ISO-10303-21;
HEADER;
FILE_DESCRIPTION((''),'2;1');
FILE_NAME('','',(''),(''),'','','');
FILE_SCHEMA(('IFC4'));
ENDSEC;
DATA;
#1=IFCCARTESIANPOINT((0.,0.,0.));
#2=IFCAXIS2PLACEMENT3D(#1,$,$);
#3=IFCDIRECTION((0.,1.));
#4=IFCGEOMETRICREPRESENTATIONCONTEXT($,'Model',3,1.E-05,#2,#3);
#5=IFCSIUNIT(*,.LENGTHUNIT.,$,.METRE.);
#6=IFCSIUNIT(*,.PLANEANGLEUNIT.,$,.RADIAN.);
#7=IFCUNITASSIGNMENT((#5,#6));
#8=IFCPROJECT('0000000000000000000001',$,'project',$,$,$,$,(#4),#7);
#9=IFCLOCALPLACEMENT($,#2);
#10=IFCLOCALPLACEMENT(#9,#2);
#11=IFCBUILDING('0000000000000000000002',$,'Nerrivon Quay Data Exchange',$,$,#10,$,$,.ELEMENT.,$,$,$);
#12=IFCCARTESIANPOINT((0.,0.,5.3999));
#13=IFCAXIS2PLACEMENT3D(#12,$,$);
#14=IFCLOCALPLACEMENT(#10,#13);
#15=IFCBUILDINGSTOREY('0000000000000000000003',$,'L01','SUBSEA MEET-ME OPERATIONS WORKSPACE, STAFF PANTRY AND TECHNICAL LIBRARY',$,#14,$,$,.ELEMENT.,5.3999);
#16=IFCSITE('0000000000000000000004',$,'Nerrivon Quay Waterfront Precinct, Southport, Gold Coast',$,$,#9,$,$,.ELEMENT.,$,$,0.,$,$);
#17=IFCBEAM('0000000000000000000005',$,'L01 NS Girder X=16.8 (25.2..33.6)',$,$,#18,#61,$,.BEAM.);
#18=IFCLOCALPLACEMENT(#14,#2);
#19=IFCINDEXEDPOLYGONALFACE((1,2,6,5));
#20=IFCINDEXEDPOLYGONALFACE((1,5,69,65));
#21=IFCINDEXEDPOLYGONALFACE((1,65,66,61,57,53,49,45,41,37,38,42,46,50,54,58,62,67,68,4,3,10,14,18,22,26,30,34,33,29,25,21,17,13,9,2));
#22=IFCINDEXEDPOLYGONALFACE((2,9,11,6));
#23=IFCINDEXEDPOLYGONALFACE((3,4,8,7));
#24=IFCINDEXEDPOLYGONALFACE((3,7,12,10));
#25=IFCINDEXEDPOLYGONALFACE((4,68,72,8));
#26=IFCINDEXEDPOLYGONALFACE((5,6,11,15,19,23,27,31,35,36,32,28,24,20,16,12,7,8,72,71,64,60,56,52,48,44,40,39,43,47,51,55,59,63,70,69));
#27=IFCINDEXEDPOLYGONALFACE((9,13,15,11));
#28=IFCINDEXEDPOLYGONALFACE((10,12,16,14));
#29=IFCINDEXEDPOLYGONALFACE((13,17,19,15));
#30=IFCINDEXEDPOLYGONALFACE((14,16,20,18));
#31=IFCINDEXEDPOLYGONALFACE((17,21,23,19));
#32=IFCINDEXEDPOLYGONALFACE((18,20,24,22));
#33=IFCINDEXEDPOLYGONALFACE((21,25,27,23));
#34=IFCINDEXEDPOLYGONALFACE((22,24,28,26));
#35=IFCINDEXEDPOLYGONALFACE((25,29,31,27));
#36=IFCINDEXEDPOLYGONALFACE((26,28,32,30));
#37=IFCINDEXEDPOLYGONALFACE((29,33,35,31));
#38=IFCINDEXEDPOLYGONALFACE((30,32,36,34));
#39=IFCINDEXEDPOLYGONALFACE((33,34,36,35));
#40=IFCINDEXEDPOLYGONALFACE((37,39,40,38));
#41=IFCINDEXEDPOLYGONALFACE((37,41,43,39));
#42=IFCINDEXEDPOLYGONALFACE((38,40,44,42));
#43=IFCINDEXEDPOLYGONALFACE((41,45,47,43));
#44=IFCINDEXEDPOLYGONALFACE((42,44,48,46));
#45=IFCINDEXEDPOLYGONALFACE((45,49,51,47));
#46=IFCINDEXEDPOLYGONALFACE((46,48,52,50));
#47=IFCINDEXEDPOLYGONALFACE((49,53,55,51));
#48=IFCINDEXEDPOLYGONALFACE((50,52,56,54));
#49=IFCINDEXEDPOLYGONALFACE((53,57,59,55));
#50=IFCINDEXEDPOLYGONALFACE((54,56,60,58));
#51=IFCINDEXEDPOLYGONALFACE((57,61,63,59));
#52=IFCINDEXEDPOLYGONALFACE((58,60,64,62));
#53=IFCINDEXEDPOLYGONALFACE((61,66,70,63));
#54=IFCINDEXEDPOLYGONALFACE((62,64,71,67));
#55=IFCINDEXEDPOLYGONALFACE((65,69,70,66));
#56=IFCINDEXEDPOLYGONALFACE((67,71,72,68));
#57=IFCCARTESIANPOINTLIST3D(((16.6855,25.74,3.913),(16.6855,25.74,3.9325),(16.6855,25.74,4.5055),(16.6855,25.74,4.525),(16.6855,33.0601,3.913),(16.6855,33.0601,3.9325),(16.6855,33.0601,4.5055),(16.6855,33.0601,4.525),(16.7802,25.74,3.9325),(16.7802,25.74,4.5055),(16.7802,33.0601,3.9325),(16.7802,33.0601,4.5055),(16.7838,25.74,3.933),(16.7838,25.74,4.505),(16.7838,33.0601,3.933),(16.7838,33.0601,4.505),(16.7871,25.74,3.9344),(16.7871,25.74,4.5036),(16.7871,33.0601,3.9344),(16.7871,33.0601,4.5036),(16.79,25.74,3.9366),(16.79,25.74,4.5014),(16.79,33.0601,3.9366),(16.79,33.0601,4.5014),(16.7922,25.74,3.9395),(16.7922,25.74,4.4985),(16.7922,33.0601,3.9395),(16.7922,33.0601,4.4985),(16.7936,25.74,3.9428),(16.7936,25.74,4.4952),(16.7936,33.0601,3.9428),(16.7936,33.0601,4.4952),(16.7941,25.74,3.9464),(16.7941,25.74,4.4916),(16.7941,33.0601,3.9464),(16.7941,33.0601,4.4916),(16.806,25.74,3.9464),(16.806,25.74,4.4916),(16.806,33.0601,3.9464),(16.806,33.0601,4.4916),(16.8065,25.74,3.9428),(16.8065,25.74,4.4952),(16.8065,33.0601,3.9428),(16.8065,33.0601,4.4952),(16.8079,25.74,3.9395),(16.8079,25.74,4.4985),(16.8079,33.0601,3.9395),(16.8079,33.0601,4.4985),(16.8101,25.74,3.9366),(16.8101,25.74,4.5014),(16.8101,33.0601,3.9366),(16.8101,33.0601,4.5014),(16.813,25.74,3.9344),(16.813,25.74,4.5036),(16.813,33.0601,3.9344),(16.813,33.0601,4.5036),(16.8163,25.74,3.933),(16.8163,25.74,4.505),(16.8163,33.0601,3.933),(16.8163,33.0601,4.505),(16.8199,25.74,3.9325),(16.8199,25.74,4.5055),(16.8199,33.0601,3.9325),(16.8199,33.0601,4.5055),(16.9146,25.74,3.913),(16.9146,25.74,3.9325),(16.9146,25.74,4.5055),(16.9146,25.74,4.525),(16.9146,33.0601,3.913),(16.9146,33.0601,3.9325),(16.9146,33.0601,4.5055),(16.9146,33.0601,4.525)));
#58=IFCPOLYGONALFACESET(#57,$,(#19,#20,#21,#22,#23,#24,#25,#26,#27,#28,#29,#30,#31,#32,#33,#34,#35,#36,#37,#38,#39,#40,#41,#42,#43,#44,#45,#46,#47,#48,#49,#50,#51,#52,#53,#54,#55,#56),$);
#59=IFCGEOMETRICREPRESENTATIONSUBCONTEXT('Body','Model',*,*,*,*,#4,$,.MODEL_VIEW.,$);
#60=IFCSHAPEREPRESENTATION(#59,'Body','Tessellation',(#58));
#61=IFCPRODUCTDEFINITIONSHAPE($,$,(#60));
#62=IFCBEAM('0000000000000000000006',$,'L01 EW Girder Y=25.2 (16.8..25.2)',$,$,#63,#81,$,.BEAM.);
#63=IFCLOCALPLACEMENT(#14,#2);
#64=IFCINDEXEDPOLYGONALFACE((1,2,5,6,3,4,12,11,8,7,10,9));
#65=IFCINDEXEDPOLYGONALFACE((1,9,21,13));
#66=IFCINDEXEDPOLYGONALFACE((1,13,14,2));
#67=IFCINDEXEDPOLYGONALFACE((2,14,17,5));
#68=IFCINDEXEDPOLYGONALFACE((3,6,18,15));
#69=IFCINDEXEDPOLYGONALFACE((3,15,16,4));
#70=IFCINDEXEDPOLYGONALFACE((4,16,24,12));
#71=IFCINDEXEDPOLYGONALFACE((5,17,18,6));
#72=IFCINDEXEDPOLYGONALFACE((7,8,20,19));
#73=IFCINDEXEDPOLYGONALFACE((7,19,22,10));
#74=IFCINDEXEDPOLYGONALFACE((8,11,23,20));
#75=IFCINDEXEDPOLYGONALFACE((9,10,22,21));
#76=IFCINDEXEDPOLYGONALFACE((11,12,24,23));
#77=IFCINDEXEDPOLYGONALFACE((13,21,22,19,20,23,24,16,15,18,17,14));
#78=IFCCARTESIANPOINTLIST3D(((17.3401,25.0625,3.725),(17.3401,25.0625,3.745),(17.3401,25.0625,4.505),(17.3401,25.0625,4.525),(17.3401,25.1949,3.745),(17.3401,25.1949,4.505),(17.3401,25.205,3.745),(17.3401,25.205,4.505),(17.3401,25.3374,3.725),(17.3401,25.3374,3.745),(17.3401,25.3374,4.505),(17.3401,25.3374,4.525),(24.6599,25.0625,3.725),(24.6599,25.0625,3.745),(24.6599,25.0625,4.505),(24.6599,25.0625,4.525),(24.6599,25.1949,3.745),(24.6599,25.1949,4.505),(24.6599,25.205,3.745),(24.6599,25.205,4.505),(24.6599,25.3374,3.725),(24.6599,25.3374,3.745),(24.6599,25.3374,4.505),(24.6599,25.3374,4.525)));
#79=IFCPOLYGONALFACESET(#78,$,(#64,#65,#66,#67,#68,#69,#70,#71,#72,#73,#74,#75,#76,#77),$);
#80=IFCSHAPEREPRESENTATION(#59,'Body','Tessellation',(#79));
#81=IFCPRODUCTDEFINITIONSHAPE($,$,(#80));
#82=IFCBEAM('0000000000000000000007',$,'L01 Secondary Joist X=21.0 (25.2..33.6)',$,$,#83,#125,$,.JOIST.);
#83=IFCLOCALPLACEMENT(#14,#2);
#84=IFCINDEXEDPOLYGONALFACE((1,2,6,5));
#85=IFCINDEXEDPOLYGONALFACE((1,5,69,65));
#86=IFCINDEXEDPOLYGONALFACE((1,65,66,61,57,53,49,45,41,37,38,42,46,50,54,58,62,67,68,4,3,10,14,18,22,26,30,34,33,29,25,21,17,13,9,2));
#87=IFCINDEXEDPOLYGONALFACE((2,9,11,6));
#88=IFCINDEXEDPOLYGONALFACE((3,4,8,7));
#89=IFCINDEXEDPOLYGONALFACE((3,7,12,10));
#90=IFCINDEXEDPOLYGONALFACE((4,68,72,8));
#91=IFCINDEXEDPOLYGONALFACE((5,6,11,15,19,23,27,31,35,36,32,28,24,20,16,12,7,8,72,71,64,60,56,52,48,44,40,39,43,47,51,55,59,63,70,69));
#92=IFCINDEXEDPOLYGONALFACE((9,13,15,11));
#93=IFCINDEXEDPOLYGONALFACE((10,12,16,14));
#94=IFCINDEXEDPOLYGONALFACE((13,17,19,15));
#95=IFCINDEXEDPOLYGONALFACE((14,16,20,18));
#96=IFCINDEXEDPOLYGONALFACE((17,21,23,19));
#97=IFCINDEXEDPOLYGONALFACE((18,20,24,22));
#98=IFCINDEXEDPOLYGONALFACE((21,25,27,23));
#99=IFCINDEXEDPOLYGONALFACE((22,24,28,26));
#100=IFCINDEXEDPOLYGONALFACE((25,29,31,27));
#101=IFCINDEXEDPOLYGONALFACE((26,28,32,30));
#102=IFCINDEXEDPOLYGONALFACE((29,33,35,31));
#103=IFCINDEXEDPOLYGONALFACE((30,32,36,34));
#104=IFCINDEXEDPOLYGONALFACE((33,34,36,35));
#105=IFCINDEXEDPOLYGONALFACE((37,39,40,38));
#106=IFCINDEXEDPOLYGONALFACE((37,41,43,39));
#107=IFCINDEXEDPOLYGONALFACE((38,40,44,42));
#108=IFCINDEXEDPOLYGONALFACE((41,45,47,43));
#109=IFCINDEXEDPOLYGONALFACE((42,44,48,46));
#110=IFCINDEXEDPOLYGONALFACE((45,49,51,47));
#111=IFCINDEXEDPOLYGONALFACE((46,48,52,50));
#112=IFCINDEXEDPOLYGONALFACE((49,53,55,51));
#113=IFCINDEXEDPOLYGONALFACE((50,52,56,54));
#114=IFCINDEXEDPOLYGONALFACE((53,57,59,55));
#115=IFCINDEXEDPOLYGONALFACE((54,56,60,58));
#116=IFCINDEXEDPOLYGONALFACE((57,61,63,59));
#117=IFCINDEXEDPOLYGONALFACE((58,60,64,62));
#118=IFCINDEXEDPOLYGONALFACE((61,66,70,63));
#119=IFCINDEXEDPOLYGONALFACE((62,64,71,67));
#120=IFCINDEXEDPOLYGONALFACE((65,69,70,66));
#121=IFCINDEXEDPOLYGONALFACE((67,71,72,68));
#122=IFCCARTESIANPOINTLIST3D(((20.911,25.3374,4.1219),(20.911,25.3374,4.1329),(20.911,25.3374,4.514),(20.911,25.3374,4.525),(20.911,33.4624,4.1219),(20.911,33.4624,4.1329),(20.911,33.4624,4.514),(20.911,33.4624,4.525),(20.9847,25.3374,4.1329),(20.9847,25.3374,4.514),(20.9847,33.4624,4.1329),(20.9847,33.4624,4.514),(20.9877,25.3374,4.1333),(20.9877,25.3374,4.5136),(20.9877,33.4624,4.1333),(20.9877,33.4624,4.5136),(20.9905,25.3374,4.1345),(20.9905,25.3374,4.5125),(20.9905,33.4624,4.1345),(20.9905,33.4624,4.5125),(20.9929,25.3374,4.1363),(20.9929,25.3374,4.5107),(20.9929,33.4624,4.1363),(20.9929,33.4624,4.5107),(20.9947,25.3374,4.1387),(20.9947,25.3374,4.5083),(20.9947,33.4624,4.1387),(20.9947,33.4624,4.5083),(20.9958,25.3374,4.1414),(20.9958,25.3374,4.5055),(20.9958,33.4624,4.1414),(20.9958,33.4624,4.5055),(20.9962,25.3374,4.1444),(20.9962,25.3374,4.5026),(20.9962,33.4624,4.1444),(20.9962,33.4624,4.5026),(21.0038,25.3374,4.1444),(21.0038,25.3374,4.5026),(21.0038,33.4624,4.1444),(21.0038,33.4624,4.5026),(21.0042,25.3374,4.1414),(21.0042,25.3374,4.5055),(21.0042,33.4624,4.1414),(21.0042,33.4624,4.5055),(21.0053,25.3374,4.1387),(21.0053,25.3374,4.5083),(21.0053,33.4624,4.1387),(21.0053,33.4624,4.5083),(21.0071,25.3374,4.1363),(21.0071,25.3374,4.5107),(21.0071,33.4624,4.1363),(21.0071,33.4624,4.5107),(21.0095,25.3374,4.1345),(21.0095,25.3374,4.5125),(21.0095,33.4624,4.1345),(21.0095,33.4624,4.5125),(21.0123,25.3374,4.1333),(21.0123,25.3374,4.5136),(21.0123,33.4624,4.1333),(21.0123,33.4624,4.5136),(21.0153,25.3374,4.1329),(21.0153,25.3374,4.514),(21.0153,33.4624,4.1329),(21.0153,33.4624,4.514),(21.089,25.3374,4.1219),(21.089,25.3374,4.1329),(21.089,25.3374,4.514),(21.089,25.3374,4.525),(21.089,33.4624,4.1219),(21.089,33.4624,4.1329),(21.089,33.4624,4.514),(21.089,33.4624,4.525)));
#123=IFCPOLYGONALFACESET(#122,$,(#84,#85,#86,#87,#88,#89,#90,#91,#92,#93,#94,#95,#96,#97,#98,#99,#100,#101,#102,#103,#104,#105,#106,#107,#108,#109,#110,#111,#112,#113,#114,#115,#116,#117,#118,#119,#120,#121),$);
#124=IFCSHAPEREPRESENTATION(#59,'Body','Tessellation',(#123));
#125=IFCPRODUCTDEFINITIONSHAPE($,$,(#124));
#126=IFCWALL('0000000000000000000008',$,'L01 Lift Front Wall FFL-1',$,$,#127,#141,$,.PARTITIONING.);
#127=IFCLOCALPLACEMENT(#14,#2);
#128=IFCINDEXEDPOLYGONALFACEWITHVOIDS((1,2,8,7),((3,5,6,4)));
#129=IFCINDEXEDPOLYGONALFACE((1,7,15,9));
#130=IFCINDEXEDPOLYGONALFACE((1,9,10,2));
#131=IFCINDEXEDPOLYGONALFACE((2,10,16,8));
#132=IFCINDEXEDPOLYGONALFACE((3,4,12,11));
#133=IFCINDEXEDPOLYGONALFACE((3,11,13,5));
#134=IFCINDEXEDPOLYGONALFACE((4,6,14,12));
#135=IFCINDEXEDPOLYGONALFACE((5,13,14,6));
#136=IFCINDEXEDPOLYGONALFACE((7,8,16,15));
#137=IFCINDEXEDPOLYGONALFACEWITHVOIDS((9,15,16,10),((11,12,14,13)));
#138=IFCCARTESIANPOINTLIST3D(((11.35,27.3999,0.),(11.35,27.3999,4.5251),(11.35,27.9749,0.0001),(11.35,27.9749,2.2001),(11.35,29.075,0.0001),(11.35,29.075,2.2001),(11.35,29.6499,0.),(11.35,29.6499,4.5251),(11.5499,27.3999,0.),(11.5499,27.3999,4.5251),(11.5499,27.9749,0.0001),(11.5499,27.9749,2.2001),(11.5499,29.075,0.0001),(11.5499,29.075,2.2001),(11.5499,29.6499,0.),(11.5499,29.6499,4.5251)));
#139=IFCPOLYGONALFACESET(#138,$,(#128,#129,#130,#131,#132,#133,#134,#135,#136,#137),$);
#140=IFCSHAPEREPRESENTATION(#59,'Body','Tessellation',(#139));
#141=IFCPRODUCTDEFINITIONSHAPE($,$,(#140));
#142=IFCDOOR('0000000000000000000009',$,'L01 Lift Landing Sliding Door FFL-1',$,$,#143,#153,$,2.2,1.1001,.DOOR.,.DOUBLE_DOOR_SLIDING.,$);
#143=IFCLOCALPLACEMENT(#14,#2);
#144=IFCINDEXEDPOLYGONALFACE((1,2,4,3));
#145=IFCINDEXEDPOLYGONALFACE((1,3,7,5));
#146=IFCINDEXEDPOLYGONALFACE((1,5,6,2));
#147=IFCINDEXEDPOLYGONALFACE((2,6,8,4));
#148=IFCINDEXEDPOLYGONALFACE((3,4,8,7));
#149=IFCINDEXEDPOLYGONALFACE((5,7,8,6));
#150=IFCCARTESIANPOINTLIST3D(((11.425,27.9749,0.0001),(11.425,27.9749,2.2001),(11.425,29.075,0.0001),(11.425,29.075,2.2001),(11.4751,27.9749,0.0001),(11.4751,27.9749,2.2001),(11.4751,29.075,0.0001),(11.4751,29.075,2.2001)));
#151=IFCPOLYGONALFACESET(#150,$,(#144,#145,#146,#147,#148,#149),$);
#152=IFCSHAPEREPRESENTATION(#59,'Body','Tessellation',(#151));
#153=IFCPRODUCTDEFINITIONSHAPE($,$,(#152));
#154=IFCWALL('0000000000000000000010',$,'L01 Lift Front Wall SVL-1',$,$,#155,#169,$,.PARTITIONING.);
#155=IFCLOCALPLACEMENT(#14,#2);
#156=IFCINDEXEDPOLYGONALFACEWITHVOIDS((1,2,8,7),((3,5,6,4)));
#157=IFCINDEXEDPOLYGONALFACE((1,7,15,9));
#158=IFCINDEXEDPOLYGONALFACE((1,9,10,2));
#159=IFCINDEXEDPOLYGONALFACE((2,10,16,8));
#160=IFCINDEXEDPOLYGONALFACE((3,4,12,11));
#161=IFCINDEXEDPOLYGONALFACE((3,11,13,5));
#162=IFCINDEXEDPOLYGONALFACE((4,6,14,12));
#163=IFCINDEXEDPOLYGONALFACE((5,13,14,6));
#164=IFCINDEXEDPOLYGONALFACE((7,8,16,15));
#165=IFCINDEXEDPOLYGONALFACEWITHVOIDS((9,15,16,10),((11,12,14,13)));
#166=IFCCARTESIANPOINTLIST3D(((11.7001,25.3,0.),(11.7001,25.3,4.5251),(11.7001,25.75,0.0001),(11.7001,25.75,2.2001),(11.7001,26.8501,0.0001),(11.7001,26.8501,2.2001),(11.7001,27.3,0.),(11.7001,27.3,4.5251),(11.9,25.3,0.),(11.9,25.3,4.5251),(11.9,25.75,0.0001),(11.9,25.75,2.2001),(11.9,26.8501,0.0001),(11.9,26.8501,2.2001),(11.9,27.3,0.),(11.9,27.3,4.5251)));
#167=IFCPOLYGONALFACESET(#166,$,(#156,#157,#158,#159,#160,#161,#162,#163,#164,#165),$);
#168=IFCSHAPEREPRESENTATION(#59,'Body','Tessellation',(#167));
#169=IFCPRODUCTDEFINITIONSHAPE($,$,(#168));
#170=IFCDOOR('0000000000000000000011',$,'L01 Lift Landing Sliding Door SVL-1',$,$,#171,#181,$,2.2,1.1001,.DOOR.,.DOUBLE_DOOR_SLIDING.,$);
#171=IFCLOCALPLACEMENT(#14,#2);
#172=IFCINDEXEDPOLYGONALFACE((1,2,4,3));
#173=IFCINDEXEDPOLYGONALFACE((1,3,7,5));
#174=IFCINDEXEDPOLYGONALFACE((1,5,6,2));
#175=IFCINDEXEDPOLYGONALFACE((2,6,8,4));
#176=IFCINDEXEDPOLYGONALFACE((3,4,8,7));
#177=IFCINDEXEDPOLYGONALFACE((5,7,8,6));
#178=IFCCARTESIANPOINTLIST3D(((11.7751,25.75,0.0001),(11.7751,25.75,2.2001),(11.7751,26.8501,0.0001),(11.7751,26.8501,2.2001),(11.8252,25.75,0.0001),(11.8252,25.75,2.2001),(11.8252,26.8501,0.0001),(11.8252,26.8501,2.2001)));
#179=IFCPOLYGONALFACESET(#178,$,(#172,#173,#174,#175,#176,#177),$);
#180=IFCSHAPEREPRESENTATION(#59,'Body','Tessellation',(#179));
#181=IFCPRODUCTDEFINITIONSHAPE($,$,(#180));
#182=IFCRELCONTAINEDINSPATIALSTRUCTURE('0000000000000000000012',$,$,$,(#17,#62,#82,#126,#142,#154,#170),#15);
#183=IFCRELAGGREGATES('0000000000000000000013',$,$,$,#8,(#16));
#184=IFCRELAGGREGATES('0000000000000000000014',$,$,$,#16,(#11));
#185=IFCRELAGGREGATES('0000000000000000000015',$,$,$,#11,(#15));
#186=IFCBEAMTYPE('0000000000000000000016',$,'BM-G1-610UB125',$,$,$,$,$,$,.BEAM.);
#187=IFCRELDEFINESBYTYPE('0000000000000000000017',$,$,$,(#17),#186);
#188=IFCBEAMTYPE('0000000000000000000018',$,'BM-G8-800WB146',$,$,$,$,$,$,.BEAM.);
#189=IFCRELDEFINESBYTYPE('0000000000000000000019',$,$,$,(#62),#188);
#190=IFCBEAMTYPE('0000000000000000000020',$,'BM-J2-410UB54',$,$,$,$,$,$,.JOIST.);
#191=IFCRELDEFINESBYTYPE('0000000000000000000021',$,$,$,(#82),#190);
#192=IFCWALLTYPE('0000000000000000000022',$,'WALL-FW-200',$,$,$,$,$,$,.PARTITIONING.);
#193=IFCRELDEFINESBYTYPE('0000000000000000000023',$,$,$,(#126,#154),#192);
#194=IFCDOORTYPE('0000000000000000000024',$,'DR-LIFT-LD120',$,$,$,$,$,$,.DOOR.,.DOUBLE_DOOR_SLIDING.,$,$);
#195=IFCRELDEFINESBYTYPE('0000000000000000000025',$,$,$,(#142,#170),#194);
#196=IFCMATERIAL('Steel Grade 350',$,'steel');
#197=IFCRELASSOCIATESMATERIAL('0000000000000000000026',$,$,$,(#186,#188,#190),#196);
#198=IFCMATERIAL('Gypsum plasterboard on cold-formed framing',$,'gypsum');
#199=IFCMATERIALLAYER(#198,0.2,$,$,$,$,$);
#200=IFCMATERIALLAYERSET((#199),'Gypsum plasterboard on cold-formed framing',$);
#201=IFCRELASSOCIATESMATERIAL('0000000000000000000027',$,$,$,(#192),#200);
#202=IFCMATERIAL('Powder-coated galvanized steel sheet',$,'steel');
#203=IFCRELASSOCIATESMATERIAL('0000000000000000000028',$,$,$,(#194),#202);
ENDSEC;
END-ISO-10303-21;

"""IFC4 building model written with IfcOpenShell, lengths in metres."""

from ifc_helpers import new_model, si_unit, direction, frame, frame_2d, origin, origin_2d, place, context, subcontext, project, spatial, rectangle, i_section, extrude, material, layer, layer_set, material_profile, profile_set, type_object, element, fill, save


model = new_model("IFC4")

# Units and contexts
model_context = context("Model", 3, precision=1e-05, world=origin(), true_north=direction((0.0, 1.0)))
body_context = subcontext(model_context, "Body", "Model", "MODEL_VIEW")
ifc_project = project(units=[si_unit("LENGTHUNIT", "METRE"), si_unit("PLANEANGLEUNIT", "RADIAN")], contexts=[model_context])

# Site, building, storey
site_placement = place(None, origin())
site = spatial("IfcSite", under=ifc_project, at=site_placement, Name="Nerrivon Quay Waterfront Precinct, Southport, Gold Coast", CompositionType="ELEMENT", RefElevation=0.0)
building_placement = place(site_placement, origin())
building = spatial("IfcBuilding", under=site, at=building_placement, Name="Nerrivon Quay Data Exchange", CompositionType="ELEMENT")
storey_placement = place(building_placement, frame((0.0, 0.0, 5.3999)))
storey = spatial("IfcBuildingStorey", under=building, at=storey_placement, Name="L01", Description="SUBSEA MEET-ME OPERATIONS WORKSPACE, STAFF PANTRY AND TECHNICAL LIBRARY", CompositionType="ELEMENT", Elevation=5.3999)

# Beams
ifc_material_1 = material(Name="Steel Grade 350", Category="steel")
ifc_material_profile_1 = material_profile(ifc_material_1, i_section(OverallWidth=0.229, OverallDepth=0.6121, WebThickness=0.012, FlangeThickness=0.0195, FilletRadius=0.0139, at=origin_2d()), Name="610UB125")
ifc_profile_set_1 = profile_set([ifc_material_profile_1], Name="Steel Grade 350")
beam_type_1 = type_object("IfcBeamType", Name="BM-G1-610UB125", PredefinedType="BEAM", material=ifc_profile_set_1)
beam_1_placement = place(storey_placement, frame((16.8, 25.74, 4.219), z_axis=(0.0, 1.0, 0.0), x_axis=(-1.0, 0.0, 0.0)))
element("IfcBeam", 1, at=beam_1_placement, inside=storey, type_object=beam_type_1, Name="L01 NS Girder X=16.8 (25.2..33.6)", PredefinedType="BEAM", context=body_context, shape_type="SweptSolid", body=[
    extrude(i_section(OverallWidth=0.229, OverallDepth=0.6121, WebThickness=0.012, FlangeThickness=0.0195, FilletRadius=0.0139, at=origin_2d()), origin(), (0.0, 0.0, 1.0), 7.3201),
])
ifc_material_profile_2 = material_profile(ifc_material_1, i_section(OverallWidth=0.2749, OverallDepth=0.8, WebThickness=0.01, FlangeThickness=0.02, at=origin_2d()), Name="800WB146")
ifc_profile_set_2 = profile_set([ifc_material_profile_2], Name="Steel Grade 350")
beam_type_2 = type_object("IfcBeamType", Name="BM-G8-800WB146", PredefinedType="BEAM", material=ifc_profile_set_2)
beam_2_placement = place(storey_placement, frame((17.3401, 25.2, 4.125), z_axis=(1.0, 0.0, 0.0), x_axis=(0.0, 1.0, 0.0)))
element("IfcBeam", 2, at=beam_2_placement, inside=storey, type_object=beam_type_2, Name="L01 EW Girder Y=25.2 (16.8..25.2)", PredefinedType="BEAM", context=body_context, shape_type="SweptSolid", body=[
    extrude(i_section(OverallWidth=0.2749, OverallDepth=0.8, WebThickness=0.01, FlangeThickness=0.02, at=origin_2d()), origin(), (0.0, 0.0, 1.0), 7.3198),
])
ifc_material_profile_3 = material_profile(ifc_material_1, i_section(OverallWidth=0.178, OverallDepth=0.4031, WebThickness=0.0076, FlangeThickness=0.011, FilletRadius=0.0115, at=origin_2d()), Name="410UB53.7")
ifc_profile_set_3 = profile_set([ifc_material_profile_3], Name="Steel Grade 350")
beam_type_3 = type_object("IfcBeamType", Name="BM-J2-410UB54", PredefinedType="JOIST", material=ifc_profile_set_3)
beam_3_placement = place(storey_placement, frame((21.0, 25.3374, 4.3235), z_axis=(0.0, 1.0, 0.0), x_axis=(-1.0, 0.0, 0.0)))
element("IfcBeam", 3, at=beam_3_placement, inside=storey, type_object=beam_type_3, Name="L01 Secondary Joist X=21.0 (25.2..33.6)", PredefinedType="JOIST", context=body_context, shape_type="SweptSolid", body=[
    extrude(i_section(OverallWidth=0.178, OverallDepth=0.4031, WebThickness=0.0076, FlangeThickness=0.011, FilletRadius=0.0115, at=origin_2d()), origin(), (0.0, 0.0, 1.0), 8.125),
])

# Walls, openings, doors
ifc_material_2 = material(Name="Gypsum plasterboard on cold-formed framing", Category="gypsum")
ifc_layer_1 = layer(ifc_material_2, 0.2)
ifc_layer_set_1 = layer_set([ifc_layer_1], Name="Gypsum plasterboard on cold-formed framing")
wall_type_1 = type_object("IfcWallType", Name="WALL-FW-200", PredefinedType="PARTITIONING", material=ifc_layer_set_1)
wall_1_placement = place(storey_placement, frame((11.45, 27.3999, 0.0), z_axis=(0.0, 0.0, 1.0), x_axis=(0.0, 1.0, 0.0)))
wall_1 = element("IfcWall", 4, at=wall_1_placement, inside=storey, type_object=wall_type_1, Name="L01 Lift Front Wall FFL-1", PredefinedType="PARTITIONING", context=body_context, shape_type="SweptSolid", body=[
    extrude(rectangle(XDim=2.25, YDim=0.2, at=frame_2d((1.125, 0.0))), origin(), (0.0, 0.0, 1.0), 4.5251),
])
opening_1_placement = place(wall_1_placement, frame((0.575, 0.0, 0.0)))
opening_1 = element("IfcOpeningElement", 5, at=opening_1_placement, cuts=wall_1, PredefinedType="OPENING", context=body_context, shape_type="SweptSolid", body=[
    extrude(rectangle(XDim=1.1001, YDim=2.2, at=frame_2d((0.55, 1.1001))), frame((0.0, 0.1099, 0.0), z_axis=(0.0, -1.0, 0.0), x_axis=(1.0, 0.0, 0.0)), (0.0, 0.0, 1.0), 0.22),
])
ifc_material_3 = material(Name="Powder-coated galvanized steel sheet", Category="steel")
door_type_1 = type_object("IfcDoorType", Name="DR-LIFT-LD120", OperationType="DOUBLE_DOOR_SLIDING", PredefinedType="DOOR", material=ifc_material_3)
door_1_placement = place(opening_1_placement, origin())
door_1 = element("IfcDoor", 6, at=door_1_placement, inside=storey, type_object=door_type_1, Name="L01 Lift Landing Sliding Door FFL-1", OperationType="DOUBLE_DOOR_SLIDING", OverallHeight=2.2, OverallWidth=1.1001, PredefinedType="DOOR", context=body_context, shape_type="SweptSolid", body=[
    extrude(rectangle(XDim=1.1001, YDim=2.2, at=frame_2d((0.55, 1.1001))), frame((0.0, 0.0249, 0.0), z_axis=(0.0, -1.0, 0.0), x_axis=(1.0, 0.0, 0.0)), (0.0, 0.0, 1.0), 0.05),
])
fill(opening_1, door_1)
wall_2_placement = place(storey_placement, frame((11.8, 25.3, 0.0), z_axis=(0.0, 0.0, 1.0), x_axis=(0.0, 1.0, 0.0)))
wall_2 = element("IfcWall", 7, at=wall_2_placement, inside=storey, type_object=wall_type_1, Name="L01 Lift Front Wall SVL-1", PredefinedType="PARTITIONING", context=body_context, shape_type="SweptSolid", body=[
    extrude(rectangle(XDim=2.0, YDim=0.2, at=frame_2d((1.0, 0.0))), origin(), (0.0, 0.0, 1.0), 4.5251),
])
opening_2_placement = place(wall_2_placement, frame((0.45, 0.0, 0.0)))
opening_2 = element("IfcOpeningElement", 8, at=opening_2_placement, cuts=wall_2, PredefinedType="OPENING", context=body_context, shape_type="SweptSolid", body=[
    extrude(rectangle(XDim=1.1001, YDim=2.2, at=frame_2d((0.55, 1.1001))), frame((0.0, 0.1099, 0.0), z_axis=(0.0, -1.0, 0.0), x_axis=(1.0, 0.0, 0.0)), (0.0, 0.0, 1.0), 0.22),
])
door_2_placement = place(opening_2_placement, origin())
door_2 = element("IfcDoor", 9, at=door_2_placement, inside=storey, type_object=door_type_1, Name="L01 Lift Landing Sliding Door SVL-1", OperationType="DOUBLE_DOOR_SLIDING", OverallHeight=2.2, OverallWidth=1.1001, PredefinedType="DOOR", context=body_context, shape_type="SweptSolid", body=[
    extrude(rectangle(XDim=1.1001, YDim=2.2, at=frame_2d((0.55, 1.1001))), frame((0.0, 0.0249, 0.0), z_axis=(0.0, -1.0, 0.0), x_axis=(1.0, 0.0, 0.0)), (0.0, 0.0, 1.0), 0.05),
])
fill(opening_2, door_2)

save(model, "model.ifc")
